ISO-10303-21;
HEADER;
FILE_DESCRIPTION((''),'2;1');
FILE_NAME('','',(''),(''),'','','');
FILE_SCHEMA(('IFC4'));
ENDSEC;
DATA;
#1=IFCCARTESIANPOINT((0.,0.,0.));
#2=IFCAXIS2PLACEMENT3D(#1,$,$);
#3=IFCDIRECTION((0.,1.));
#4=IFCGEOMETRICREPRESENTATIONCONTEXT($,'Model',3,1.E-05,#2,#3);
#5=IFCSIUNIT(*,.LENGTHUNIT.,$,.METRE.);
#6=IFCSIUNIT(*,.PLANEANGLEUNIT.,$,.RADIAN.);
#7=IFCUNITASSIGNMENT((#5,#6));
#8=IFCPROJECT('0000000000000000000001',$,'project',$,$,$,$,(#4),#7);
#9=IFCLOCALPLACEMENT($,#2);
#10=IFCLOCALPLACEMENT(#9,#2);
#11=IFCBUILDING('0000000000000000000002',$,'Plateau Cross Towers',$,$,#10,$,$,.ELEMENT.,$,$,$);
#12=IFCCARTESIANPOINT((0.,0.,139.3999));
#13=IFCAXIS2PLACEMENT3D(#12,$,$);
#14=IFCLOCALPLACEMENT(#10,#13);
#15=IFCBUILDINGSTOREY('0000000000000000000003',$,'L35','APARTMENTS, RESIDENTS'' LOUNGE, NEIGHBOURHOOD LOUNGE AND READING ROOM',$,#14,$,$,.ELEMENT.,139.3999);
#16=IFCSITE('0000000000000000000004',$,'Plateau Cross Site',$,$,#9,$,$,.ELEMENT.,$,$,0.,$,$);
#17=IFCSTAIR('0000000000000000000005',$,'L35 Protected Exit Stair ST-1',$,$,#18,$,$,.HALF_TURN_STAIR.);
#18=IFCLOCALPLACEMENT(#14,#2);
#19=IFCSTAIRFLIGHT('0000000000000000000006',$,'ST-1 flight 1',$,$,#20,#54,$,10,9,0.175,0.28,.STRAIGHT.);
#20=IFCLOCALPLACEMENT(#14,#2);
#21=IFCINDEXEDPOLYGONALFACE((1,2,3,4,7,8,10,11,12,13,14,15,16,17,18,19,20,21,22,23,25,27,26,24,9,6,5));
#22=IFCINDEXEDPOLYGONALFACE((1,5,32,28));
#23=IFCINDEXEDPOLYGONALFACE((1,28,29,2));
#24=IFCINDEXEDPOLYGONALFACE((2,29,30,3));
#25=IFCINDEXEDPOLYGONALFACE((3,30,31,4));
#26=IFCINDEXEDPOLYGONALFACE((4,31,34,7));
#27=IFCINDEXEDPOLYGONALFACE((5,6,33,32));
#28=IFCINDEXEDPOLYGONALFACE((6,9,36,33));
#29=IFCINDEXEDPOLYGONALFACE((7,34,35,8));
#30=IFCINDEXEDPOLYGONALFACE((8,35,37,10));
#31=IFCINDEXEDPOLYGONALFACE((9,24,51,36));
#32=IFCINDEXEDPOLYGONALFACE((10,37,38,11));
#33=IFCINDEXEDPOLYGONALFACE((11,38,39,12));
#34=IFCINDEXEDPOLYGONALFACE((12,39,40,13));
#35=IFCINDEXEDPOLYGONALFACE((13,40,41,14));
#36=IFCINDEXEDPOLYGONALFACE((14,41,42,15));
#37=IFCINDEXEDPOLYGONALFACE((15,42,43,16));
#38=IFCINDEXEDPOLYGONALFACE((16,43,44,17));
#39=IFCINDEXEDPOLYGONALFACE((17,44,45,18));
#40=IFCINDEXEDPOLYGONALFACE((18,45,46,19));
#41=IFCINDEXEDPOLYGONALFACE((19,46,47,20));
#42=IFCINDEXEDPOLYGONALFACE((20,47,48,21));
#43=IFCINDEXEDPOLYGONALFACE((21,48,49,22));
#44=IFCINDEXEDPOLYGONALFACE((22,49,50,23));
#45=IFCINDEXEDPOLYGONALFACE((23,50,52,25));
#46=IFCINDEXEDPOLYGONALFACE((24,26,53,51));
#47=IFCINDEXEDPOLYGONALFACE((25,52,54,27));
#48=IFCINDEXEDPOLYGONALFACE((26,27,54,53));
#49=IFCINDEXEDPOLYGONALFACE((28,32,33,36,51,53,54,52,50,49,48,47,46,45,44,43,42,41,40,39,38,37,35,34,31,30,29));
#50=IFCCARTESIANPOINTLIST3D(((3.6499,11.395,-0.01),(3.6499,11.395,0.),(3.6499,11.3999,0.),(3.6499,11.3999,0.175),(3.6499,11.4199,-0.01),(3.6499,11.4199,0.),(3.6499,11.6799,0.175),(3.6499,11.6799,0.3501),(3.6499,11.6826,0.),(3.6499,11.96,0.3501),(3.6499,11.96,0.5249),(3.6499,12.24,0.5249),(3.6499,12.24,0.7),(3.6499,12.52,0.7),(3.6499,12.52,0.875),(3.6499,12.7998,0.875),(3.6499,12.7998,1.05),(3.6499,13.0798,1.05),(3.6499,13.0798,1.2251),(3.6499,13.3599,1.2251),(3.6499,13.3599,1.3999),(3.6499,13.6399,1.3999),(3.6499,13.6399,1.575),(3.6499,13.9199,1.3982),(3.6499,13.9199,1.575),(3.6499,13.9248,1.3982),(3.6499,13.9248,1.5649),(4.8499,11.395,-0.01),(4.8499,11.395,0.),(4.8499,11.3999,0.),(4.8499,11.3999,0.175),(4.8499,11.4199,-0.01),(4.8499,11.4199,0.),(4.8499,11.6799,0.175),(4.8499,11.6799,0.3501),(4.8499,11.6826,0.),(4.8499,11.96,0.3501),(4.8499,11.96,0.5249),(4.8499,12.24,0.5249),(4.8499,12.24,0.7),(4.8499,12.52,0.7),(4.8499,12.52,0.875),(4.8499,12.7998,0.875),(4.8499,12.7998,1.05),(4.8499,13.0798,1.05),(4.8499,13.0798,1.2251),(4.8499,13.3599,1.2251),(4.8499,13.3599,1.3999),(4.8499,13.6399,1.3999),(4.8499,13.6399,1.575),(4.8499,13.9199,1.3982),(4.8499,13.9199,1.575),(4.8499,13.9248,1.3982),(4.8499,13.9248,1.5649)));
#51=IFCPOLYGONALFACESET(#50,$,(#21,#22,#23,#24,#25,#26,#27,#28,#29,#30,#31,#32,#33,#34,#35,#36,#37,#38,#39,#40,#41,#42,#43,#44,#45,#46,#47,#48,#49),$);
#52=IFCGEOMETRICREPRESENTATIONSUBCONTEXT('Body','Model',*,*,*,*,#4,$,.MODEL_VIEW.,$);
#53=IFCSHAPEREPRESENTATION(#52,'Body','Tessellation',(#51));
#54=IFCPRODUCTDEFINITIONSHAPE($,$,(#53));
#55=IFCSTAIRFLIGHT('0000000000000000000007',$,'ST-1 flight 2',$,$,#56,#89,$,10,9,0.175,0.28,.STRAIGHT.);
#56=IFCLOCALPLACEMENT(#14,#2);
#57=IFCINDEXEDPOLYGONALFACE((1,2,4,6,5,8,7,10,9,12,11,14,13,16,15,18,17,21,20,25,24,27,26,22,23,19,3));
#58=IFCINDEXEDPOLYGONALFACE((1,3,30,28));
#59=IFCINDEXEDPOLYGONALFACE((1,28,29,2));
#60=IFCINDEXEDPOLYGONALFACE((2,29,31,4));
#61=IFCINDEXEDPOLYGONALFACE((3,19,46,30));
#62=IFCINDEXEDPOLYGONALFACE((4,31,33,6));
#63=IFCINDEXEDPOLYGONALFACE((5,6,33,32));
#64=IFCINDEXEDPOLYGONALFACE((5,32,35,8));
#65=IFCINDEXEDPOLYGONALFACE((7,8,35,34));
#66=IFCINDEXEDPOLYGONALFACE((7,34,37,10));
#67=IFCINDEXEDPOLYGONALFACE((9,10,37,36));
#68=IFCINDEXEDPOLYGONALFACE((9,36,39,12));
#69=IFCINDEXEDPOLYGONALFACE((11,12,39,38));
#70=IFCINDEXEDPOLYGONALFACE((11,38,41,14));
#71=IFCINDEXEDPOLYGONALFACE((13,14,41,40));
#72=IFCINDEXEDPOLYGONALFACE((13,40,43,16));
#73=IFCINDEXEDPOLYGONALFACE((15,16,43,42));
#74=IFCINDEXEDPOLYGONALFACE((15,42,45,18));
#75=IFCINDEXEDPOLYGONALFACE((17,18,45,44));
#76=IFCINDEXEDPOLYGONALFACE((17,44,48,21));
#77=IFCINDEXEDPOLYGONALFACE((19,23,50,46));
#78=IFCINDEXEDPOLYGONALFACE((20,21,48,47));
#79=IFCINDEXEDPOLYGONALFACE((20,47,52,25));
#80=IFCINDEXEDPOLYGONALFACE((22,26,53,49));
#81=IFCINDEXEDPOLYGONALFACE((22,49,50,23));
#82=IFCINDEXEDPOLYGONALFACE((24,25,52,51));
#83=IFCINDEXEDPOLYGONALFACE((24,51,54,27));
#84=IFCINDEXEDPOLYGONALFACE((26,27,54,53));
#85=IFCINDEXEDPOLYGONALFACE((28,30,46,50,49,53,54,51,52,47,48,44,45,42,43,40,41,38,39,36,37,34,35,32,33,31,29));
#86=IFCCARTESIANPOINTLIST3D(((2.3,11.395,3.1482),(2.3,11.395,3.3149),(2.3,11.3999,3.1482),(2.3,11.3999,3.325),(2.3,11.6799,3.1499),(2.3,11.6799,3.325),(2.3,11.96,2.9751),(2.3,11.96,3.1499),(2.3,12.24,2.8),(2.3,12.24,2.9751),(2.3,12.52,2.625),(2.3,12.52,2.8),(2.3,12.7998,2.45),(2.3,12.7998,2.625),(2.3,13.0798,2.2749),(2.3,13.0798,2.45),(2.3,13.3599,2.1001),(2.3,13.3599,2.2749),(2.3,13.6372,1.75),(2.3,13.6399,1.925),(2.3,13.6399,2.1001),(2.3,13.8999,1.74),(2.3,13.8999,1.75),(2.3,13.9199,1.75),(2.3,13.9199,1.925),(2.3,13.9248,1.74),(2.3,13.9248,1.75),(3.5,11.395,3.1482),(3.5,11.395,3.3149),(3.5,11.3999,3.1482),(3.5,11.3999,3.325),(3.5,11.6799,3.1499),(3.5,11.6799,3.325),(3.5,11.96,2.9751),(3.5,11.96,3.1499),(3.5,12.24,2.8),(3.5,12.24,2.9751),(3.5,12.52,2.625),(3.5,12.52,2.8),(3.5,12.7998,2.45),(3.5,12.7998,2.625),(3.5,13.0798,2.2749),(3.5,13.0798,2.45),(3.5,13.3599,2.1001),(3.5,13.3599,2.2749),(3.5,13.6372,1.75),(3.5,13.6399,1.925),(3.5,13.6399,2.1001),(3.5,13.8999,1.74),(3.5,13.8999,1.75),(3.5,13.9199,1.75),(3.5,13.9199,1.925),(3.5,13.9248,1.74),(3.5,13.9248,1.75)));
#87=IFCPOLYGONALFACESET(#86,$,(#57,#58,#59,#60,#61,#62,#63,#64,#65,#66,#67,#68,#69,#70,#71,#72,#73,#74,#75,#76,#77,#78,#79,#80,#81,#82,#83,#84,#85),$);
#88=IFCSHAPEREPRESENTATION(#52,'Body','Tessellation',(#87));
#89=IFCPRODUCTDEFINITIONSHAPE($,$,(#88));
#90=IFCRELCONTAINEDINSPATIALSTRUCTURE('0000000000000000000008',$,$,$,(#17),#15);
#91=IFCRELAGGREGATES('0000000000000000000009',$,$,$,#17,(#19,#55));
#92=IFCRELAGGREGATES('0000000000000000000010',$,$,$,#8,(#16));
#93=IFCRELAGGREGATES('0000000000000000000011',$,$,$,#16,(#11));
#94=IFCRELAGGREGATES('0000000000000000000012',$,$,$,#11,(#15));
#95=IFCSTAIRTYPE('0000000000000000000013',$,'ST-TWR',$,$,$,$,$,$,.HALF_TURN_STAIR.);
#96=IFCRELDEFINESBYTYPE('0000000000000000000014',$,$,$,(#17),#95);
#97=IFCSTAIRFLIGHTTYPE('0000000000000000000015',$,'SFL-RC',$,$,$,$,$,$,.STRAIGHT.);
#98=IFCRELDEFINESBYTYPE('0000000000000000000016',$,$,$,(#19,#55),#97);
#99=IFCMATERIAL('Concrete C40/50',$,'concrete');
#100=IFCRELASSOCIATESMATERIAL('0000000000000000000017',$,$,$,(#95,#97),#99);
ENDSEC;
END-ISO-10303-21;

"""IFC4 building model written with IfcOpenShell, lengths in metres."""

from ifc_helpers import new_model, si_unit, direction, frame, origin, place, context, subcontext, project, spatial, polyline, outline, extrude, material, type_object, element, aggregate, save


model = new_model("IFC4")

# Units and contexts
model_context = context("Model", 3, precision=1e-05, world=origin(), true_north=direction((0.0, 1.0)))
body_context = subcontext(model_context, "Body", "Model", "MODEL_VIEW")
ifc_project = project(units=[si_unit("LENGTHUNIT", "METRE"), si_unit("PLANEANGLEUNIT", "RADIAN")], contexts=[model_context])

# Site, building, storey
site_placement = place(None, origin())
site = spatial("IfcSite", under=ifc_project, at=site_placement, Name="Plateau Cross Site", CompositionType="ELEMENT", RefElevation=0.0)
building_placement = place(site_placement, origin())
building = spatial("IfcBuilding", under=site, at=building_placement, Name="Plateau Cross Towers", CompositionType="ELEMENT")
storey_placement = place(building_placement, frame((0.0, 0.0, 139.3999)))
storey = spatial("IfcBuildingStorey", under=building, at=storey_placement, Name="L35", Description="APARTMENTS, RESIDENTS' LOUNGE, NEIGHBOURHOOD LOUNGE AND READING ROOM", CompositionType="ELEMENT", Elevation=139.3999)

# Stair, stair flights
ifc_material_1 = material(Name="Concrete C40/50", Category="concrete")
stair_type = type_object("IfcStairType", Name="ST-TWR", PredefinedType="HALF_TURN_STAIR", material=ifc_material_1)
stair_placement = place(storey_placement, origin())
stair = element("IfcStair", 1, at=stair_placement, inside=storey, type_object=stair_type, Name="L35 Protected Exit Stair ST-1", PredefinedType="HALF_TURN_STAIR")
stair_flight_type = type_object("IfcStairFlightType", Name="SFL-RC", PredefinedType="STRAIGHT", material=ifc_material_1)
stair_flight_1_placement = place(storey_placement, frame((4.25, 11.3999, 0.0), z_axis=(0.0, 0.0, 1.0), x_axis=(0.0, 1.0, 0.0)))
stair_flight_1 = element("IfcStairFlight", 2, at=stair_flight_1_placement, type_object=stair_flight_type, Name="ST-1 flight 1", NumberOfRisers=10, NumberOfTreads=9, PredefinedType="STRAIGHT", RiserHeight=0.175, TreadLength=0.28, context=body_context, shape_type="SweptSolid", body=[
    extrude(outline(polyline([(-0.0049, -0.01), (-0.0049, 0.0), (0.0, 0.0), (0.0, 0.175), (0.28, 0.175), (0.28, 0.3501), (0.5601, 0.3501), (0.5601, 0.5249), (0.8401, 0.5249), (0.8401, 0.7), (1.1201, 0.7), (1.1201, 0.875), (1.3999, 0.875), (1.3999, 1.05), (1.6799, 1.05), (1.6799, 1.2251), (1.96, 1.2251), (1.96, 1.3999), (2.24, 1.3999), (2.24, 1.575), (2.52, 1.575), (2.5249, 1.5649), (2.5249, 1.3982), (2.52, 1.3982), (0.2827, 0.0), (0.02, 0.0), (0.02, -0.01), (-0.0049, -0.01)])), frame((0.0, 0.6001, 0.0), z_axis=(0.0, -1.0, 0.0), x_axis=(1.0, 0.0, 0.0)), (0.0, 0.0, 1.0), 1.2),
])
stair_flight_2_placement = place(storey_placement, frame((2.8999, 13.9199, 1.75), z_axis=(0.0, 0.0, 1.0), x_axis=(0.0, -1.0, 0.0)))
stair_flight_2 = element("IfcStairFlight", 3, at=stair_flight_2_placement, type_object=stair_flight_type, Name="ST-1 flight 2", NumberOfRisers=10, NumberOfTreads=9, PredefinedType="STRAIGHT", RiserHeight=0.175, TreadLength=0.28, context=body_context, shape_type="SweptSolid", body=[
    extrude(outline(polyline([(-0.0049, -0.01), (-0.0049, 0.0), (0.0, 0.0), (0.0, 0.175), (0.28, 0.175), (0.28, 0.3501), (0.5601, 0.3501), (0.5601, 0.5249), (0.8401, 0.5249), (0.8401, 0.7), (1.1201, 0.7), (1.1201, 0.875), (1.3999, 0.875), (1.3999, 1.05), (1.6799, 1.05), (1.6799, 1.2251), (1.96, 1.2251), (1.96, 1.3999), (2.24, 1.3999), (2.24, 1.575), (2.52, 1.575), (2.5249, 1.5649), (2.5249, 1.3982), (2.52, 1.3982), (0.2827, 0.0), (0.02, 0.0), (0.02, -0.01), (-0.0049, -0.01)])), frame((0.0, 0.6001, 0.0), z_axis=(0.0, -1.0, 0.0), x_axis=(1.0, 0.0, 0.0)), (0.0, 0.0, 1.0), 1.2),
])
aggregate(stair, [stair_flight_1, stair_flight_2])

save(model, "model.ifc")
